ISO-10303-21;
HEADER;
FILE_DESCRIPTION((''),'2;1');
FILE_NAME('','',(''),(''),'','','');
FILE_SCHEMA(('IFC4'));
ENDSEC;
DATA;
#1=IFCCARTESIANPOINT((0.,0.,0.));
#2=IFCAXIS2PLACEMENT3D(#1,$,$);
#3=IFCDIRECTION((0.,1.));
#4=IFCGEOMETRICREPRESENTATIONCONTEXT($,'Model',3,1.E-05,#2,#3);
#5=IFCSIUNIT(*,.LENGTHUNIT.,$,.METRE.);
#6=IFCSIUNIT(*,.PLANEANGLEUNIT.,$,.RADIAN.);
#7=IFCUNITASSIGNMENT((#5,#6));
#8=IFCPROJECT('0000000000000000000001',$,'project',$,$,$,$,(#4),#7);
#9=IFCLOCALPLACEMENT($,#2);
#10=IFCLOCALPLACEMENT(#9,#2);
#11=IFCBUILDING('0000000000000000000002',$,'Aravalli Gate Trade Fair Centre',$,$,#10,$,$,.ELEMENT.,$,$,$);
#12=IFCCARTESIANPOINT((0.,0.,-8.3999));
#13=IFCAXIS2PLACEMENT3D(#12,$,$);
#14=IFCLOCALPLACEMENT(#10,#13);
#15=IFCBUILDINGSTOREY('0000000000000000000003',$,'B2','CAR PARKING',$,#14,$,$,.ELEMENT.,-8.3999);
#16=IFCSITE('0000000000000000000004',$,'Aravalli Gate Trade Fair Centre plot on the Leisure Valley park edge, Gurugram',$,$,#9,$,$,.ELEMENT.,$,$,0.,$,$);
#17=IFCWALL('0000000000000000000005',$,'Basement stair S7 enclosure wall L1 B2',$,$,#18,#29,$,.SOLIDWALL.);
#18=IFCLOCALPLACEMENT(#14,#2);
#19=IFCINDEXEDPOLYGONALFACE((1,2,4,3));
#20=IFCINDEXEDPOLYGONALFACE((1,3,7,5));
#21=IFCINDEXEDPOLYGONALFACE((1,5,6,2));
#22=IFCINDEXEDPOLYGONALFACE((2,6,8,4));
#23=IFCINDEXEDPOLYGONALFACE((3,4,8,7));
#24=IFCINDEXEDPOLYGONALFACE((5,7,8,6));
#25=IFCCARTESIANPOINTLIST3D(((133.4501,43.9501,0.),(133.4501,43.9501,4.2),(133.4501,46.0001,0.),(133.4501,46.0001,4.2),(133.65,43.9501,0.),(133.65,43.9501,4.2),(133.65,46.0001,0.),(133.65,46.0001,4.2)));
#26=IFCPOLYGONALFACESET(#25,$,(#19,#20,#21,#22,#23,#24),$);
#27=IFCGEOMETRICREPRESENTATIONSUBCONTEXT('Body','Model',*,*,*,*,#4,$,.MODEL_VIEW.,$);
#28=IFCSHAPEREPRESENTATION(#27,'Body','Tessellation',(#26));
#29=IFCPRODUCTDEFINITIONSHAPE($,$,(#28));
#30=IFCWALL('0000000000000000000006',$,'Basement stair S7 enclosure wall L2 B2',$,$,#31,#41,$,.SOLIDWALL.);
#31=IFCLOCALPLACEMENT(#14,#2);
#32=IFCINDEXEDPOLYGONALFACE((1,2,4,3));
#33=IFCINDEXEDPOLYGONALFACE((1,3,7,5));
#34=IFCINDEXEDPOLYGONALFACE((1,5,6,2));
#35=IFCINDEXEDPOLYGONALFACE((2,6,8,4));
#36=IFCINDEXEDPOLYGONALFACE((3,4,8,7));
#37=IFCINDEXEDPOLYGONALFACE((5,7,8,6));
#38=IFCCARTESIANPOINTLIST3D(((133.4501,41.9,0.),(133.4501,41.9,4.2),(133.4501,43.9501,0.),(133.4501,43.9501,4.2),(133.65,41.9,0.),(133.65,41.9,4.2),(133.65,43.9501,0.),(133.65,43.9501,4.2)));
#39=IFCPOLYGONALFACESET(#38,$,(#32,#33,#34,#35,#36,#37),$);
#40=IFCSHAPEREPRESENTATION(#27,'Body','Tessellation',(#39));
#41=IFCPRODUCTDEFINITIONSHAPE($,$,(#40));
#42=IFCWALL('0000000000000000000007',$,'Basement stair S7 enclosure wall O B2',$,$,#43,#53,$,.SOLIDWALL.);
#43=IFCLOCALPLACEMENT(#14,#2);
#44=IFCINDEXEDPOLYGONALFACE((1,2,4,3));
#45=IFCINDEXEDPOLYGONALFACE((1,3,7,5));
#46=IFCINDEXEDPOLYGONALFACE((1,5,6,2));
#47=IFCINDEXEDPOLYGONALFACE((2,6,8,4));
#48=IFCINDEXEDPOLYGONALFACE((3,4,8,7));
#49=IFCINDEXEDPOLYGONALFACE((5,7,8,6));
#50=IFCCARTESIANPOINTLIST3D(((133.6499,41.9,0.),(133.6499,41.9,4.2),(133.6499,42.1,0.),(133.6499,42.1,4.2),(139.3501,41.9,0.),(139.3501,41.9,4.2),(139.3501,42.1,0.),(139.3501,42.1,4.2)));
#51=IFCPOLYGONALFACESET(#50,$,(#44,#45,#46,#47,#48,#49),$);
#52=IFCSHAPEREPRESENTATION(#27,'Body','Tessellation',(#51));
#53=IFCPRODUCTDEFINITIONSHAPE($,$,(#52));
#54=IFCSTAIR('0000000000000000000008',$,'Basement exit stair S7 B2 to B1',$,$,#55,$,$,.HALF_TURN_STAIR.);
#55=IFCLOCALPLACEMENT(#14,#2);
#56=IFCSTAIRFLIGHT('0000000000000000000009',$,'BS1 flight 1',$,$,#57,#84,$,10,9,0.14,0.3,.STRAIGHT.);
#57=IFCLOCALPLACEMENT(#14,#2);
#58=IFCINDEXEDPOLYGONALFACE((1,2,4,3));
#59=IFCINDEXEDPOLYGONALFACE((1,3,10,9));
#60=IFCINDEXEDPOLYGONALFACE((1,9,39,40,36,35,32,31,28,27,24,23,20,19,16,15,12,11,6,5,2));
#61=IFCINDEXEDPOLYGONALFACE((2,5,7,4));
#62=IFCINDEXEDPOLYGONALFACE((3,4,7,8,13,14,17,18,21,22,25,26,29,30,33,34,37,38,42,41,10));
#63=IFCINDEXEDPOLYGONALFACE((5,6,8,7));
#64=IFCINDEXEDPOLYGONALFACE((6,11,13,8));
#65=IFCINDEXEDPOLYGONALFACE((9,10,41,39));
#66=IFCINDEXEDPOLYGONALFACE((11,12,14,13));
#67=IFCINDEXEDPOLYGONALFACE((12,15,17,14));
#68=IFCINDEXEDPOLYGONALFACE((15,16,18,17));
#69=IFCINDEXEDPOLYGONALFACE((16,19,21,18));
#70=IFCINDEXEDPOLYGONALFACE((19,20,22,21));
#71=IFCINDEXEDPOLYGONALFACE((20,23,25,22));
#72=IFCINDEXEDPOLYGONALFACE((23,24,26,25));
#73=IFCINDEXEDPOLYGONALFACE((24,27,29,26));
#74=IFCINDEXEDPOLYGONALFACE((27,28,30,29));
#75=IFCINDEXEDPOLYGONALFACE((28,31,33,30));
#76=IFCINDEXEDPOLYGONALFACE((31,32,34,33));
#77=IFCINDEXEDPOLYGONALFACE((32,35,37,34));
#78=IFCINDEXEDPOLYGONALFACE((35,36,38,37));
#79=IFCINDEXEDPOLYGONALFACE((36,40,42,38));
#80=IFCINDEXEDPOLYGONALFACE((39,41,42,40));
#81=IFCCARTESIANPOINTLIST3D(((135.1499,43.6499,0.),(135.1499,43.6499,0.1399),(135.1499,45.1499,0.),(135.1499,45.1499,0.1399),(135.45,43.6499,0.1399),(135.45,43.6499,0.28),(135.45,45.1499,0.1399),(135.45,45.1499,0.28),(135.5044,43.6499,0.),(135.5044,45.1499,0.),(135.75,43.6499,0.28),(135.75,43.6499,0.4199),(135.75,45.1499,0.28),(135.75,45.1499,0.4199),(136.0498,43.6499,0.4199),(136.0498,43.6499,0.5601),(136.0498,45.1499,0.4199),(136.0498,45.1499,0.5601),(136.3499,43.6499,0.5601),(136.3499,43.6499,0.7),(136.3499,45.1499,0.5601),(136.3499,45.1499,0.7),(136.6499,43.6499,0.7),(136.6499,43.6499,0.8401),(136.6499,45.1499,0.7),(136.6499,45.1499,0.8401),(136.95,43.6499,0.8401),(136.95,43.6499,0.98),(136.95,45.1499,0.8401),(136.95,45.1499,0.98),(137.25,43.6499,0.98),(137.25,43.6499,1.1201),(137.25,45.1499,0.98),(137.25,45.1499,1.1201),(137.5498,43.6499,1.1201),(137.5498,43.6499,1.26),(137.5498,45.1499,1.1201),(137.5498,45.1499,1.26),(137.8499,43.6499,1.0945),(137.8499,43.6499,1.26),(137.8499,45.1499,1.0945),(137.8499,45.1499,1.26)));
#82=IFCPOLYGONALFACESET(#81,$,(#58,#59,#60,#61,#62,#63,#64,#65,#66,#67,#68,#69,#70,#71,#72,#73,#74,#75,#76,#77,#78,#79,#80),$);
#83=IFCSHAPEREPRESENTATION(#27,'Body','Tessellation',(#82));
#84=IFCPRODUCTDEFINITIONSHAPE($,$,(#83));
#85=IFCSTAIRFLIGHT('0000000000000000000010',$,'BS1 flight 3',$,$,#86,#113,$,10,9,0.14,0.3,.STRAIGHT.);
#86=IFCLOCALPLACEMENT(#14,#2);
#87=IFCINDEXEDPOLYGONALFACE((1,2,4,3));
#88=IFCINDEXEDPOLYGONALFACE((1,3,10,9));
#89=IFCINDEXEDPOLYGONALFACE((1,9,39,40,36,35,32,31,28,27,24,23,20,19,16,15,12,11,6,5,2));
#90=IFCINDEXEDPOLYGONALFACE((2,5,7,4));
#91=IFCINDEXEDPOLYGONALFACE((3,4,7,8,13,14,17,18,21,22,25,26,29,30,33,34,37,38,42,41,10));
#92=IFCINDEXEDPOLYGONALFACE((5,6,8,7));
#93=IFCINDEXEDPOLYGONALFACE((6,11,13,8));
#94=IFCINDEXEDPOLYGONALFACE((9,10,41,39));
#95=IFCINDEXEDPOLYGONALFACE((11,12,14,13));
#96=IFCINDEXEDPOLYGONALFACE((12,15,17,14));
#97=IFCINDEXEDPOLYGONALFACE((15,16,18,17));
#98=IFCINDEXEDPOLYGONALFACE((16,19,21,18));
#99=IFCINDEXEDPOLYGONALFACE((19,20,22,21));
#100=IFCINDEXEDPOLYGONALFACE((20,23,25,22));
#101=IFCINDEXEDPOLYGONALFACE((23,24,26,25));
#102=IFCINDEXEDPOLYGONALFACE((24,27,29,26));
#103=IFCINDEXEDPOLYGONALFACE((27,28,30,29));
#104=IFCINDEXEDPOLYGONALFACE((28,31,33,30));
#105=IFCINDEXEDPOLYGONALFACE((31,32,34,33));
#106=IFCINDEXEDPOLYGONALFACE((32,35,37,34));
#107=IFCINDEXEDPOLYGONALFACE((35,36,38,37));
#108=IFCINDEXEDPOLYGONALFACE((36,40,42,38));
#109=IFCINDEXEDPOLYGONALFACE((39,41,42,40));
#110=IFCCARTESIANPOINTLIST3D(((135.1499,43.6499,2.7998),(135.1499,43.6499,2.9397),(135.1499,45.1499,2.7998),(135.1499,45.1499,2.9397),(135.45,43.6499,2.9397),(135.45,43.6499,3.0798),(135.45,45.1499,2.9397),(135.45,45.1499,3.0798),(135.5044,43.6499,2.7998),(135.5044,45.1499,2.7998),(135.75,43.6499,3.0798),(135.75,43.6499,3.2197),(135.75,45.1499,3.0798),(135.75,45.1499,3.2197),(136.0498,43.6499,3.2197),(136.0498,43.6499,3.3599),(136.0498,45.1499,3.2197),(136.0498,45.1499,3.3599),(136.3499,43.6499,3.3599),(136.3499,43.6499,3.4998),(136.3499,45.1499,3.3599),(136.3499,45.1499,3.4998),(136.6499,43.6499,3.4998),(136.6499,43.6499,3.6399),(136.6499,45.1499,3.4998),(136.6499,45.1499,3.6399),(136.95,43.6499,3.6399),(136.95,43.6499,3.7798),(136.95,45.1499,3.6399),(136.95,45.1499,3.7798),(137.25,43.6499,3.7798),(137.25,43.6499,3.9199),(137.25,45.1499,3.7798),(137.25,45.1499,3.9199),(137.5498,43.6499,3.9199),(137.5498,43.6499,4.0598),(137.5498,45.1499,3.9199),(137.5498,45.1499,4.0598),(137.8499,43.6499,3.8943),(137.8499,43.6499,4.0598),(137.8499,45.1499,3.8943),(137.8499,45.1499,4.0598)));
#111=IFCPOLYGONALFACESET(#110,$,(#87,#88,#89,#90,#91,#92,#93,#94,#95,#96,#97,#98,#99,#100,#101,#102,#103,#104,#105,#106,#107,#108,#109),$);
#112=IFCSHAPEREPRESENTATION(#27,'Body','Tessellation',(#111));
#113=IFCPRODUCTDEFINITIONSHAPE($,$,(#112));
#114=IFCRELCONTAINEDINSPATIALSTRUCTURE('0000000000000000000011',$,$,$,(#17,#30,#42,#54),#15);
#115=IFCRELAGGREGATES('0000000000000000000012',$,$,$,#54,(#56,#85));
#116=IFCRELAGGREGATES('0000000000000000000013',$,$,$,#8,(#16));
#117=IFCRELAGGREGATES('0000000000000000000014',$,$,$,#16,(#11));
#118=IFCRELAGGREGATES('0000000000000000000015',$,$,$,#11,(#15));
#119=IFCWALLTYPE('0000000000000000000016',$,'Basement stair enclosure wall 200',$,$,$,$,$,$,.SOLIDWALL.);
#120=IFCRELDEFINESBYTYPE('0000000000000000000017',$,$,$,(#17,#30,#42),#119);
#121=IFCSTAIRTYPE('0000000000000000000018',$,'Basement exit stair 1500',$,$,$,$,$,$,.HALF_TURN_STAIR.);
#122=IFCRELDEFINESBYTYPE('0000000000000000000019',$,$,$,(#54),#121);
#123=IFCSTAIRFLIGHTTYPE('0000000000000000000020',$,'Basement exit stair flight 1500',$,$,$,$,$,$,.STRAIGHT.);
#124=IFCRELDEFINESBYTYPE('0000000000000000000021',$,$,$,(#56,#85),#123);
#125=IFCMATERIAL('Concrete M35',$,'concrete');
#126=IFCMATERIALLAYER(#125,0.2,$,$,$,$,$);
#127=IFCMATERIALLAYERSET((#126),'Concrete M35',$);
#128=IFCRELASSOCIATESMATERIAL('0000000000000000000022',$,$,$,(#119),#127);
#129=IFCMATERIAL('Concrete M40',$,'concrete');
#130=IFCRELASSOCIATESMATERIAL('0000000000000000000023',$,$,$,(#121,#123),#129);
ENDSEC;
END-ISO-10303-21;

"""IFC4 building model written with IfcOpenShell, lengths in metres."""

from ifc_helpers import new_model, si_unit, direction, frame, frame_2d, origin, place, context, subcontext, project, spatial, polyline, rectangle, outline, extrude, material, layer, layer_set, type_object, element, aggregate, save


model = new_model("IFC4")

# Units and contexts
model_context = context("Model", 3, precision=1e-05, world=origin(), true_north=direction((0.0, 1.0)))
body_context = subcontext(model_context, "Body", "Model", "MODEL_VIEW")
ifc_project = project(units=[si_unit("LENGTHUNIT", "METRE"), si_unit("PLANEANGLEUNIT", "RADIAN")], contexts=[model_context])

# Site, building, storey
site_placement = place(None, origin())
site = spatial("IfcSite", under=ifc_project, at=site_placement, Name="Aravalli Gate Trade Fair Centre plot on the Leisure Valley park edge, Gurugram", CompositionType="ELEMENT", RefElevation=0.0)
building_placement = place(site_placement, origin())
building = spatial("IfcBuilding", under=site, at=building_placement, Name="Aravalli Gate Trade Fair Centre", CompositionType="ELEMENT")
storey_placement = place(building_placement, frame((0.0, 0.0, -8.3999)))
storey = spatial("IfcBuildingStorey", under=building, at=storey_placement, Name="B2", Description="CAR PARKING", CompositionType="ELEMENT", Elevation=-8.3999)

# Shared definitions
ifc_material_1 = material(Name="Concrete M35", Category="concrete")

# Shared definitions
ifc_material_2 = material(Name="Concrete M40", Category="concrete")

# Walls
ifc_layer_1 = layer(ifc_material_1, 0.2)
ifc_layer_set_1 = layer_set([ifc_layer_1], Name="Concrete M35")
wall_type_1 = type_object("IfcWallType", Name="Basement stair enclosure wall 200", PredefinedType="SOLIDWALL", material=ifc_layer_set_1)
for number, where, z_axis, x_axis, name in (
    (1, (133.55, 46.0, 0.0), (0.0, 0.0, 1.0), (0.0, -1.0, 0.0), "Basement stair S7 enclosure wall L1 B2"),
    (2, (133.55, 43.95, 0.0), (0.0, 0.0, 1.0), (0.0, -1.0, 0.0), "Basement stair S7 enclosure wall L2 B2"),
):
    element("IfcWall", number, at=place(storey_placement, frame(where, z_axis=z_axis, x_axis=x_axis)), inside=storey, type_object=wall_type_1, Name=name, PredefinedType="SOLIDWALL", context=body_context, shape_type="SweptSolid", body=[
        extrude(rectangle(XDim=2.05, YDim=0.2, at=frame_2d((1.0249, 0.0))), origin(), (0.0, 0.0, 1.0), 4.2),
    ])
wall_1_placement = place(storey_placement, frame((133.6499, 42.0, 0.0), z_axis=(0.0, 0.0, 1.0), x_axis=(1.0, 0.0, 0.0)))
element("IfcWall", 3, at=wall_1_placement, inside=storey, type_object=wall_type_1, Name="Basement stair S7 enclosure wall O B2", PredefinedType="SOLIDWALL", context=body_context, shape_type="SweptSolid", body=[
    extrude(rectangle(XDim=5.7002, YDim=0.2, at=frame_2d((2.8501, 0.0))), origin(), (0.0, 0.0, 1.0), 4.2),
])

# Stair, stair flights
stair_type = type_object("IfcStairType", Name="Basement exit stair 1500", PredefinedType="HALF_TURN_STAIR", material=ifc_material_2)
stair_placement = place(storey_placement, origin())
stair = element("IfcStair", 4, at=stair_placement, inside=storey, type_object=stair_type, Name="Basement exit stair S7 B2 to B1", PredefinedType="HALF_TURN_STAIR")
stair_flight_type = type_object("IfcStairFlightType", Name="Basement exit stair flight 1500", PredefinedType="STRAIGHT", material=ifc_material_2)
stair_flight_1_placement = place(storey_placement, frame((135.1499, 44.3999, 0.0), z_axis=(0.0, 0.0, 1.0), x_axis=(1.0, 0.0, 0.0)))
stair_flight_1 = element("IfcStairFlight", 5, at=stair_flight_1_placement, type_object=stair_flight_type, Name="BS1 flight 1", NumberOfRisers=10, NumberOfTreads=9, PredefinedType="STRAIGHT", RiserHeight=0.14, TreadLength=0.3, context=body_context, shape_type="SweptSolid", body=[
    extrude(outline(polyline([(0.0, 0.0), (0.0, 0.1399), (0.3, 0.1399), (0.3, 0.28), (0.6001, 0.28), (0.6001, 0.4199), (0.8999, 0.4199), (0.8999, 0.5601), (1.2, 0.5601), (1.2, 0.7), (1.5, 0.7), (1.5, 0.8401), (1.8, 0.8401), (1.8, 0.98), (2.1001, 0.98), (2.1001, 1.1201), (2.3999, 1.1201), (2.3999, 1.26), (2.7, 1.26), (2.7, 1.3999), (2.7, 1.0945), (0.3545, 0.0), (0.0, 0.0)])), frame((0.0, 0.75, 0.0), z_axis=(0.0, -1.0, 0.0), x_axis=(1.0, 0.0, 0.0)), (0.0, 0.0, 1.0), 1.5),
])
stair_flight_2_placement = place(storey_placement, frame((135.1499, 44.3999, 2.7998), z_axis=(0.0, 0.0, 1.0), x_axis=(1.0, 0.0, 0.0)))
stair_flight_2 = element("IfcStairFlight", 6, at=stair_flight_2_placement, type_object=stair_flight_type, Name="BS1 flight 3", NumberOfRisers=10, NumberOfTreads=9, PredefinedType="STRAIGHT", RiserHeight=0.14, TreadLength=0.3, context=body_context, shape_type="SweptSolid", body=[
    extrude(outline(polyline([(0.0, 0.0), (0.0, 0.1399), (0.3, 0.1399), (0.3, 0.28), (0.6001, 0.28), (0.6001, 0.4199), (0.8999, 0.4199), (0.8999, 0.5601), (1.2, 0.5601), (1.2, 0.7), (1.5, 0.7), (1.5, 0.8401), (1.8, 0.8401), (1.8, 0.98), (2.1001, 0.98), (2.1001, 1.1201), (2.3999, 1.1201), (2.3999, 1.26), (2.7, 1.26), (2.7, 1.3999), (2.7, 1.0945), (0.3545, 0.0), (0.0, 0.0)])), frame((0.0, 0.75, 0.0), z_axis=(0.0, -1.0, 0.0), x_axis=(1.0, 0.0, 0.0)), (0.0, 0.0, 1.0), 1.5),
])
aggregate(stair, [stair_flight_1, stair_flight_2])

save(model, "model.ifc")
